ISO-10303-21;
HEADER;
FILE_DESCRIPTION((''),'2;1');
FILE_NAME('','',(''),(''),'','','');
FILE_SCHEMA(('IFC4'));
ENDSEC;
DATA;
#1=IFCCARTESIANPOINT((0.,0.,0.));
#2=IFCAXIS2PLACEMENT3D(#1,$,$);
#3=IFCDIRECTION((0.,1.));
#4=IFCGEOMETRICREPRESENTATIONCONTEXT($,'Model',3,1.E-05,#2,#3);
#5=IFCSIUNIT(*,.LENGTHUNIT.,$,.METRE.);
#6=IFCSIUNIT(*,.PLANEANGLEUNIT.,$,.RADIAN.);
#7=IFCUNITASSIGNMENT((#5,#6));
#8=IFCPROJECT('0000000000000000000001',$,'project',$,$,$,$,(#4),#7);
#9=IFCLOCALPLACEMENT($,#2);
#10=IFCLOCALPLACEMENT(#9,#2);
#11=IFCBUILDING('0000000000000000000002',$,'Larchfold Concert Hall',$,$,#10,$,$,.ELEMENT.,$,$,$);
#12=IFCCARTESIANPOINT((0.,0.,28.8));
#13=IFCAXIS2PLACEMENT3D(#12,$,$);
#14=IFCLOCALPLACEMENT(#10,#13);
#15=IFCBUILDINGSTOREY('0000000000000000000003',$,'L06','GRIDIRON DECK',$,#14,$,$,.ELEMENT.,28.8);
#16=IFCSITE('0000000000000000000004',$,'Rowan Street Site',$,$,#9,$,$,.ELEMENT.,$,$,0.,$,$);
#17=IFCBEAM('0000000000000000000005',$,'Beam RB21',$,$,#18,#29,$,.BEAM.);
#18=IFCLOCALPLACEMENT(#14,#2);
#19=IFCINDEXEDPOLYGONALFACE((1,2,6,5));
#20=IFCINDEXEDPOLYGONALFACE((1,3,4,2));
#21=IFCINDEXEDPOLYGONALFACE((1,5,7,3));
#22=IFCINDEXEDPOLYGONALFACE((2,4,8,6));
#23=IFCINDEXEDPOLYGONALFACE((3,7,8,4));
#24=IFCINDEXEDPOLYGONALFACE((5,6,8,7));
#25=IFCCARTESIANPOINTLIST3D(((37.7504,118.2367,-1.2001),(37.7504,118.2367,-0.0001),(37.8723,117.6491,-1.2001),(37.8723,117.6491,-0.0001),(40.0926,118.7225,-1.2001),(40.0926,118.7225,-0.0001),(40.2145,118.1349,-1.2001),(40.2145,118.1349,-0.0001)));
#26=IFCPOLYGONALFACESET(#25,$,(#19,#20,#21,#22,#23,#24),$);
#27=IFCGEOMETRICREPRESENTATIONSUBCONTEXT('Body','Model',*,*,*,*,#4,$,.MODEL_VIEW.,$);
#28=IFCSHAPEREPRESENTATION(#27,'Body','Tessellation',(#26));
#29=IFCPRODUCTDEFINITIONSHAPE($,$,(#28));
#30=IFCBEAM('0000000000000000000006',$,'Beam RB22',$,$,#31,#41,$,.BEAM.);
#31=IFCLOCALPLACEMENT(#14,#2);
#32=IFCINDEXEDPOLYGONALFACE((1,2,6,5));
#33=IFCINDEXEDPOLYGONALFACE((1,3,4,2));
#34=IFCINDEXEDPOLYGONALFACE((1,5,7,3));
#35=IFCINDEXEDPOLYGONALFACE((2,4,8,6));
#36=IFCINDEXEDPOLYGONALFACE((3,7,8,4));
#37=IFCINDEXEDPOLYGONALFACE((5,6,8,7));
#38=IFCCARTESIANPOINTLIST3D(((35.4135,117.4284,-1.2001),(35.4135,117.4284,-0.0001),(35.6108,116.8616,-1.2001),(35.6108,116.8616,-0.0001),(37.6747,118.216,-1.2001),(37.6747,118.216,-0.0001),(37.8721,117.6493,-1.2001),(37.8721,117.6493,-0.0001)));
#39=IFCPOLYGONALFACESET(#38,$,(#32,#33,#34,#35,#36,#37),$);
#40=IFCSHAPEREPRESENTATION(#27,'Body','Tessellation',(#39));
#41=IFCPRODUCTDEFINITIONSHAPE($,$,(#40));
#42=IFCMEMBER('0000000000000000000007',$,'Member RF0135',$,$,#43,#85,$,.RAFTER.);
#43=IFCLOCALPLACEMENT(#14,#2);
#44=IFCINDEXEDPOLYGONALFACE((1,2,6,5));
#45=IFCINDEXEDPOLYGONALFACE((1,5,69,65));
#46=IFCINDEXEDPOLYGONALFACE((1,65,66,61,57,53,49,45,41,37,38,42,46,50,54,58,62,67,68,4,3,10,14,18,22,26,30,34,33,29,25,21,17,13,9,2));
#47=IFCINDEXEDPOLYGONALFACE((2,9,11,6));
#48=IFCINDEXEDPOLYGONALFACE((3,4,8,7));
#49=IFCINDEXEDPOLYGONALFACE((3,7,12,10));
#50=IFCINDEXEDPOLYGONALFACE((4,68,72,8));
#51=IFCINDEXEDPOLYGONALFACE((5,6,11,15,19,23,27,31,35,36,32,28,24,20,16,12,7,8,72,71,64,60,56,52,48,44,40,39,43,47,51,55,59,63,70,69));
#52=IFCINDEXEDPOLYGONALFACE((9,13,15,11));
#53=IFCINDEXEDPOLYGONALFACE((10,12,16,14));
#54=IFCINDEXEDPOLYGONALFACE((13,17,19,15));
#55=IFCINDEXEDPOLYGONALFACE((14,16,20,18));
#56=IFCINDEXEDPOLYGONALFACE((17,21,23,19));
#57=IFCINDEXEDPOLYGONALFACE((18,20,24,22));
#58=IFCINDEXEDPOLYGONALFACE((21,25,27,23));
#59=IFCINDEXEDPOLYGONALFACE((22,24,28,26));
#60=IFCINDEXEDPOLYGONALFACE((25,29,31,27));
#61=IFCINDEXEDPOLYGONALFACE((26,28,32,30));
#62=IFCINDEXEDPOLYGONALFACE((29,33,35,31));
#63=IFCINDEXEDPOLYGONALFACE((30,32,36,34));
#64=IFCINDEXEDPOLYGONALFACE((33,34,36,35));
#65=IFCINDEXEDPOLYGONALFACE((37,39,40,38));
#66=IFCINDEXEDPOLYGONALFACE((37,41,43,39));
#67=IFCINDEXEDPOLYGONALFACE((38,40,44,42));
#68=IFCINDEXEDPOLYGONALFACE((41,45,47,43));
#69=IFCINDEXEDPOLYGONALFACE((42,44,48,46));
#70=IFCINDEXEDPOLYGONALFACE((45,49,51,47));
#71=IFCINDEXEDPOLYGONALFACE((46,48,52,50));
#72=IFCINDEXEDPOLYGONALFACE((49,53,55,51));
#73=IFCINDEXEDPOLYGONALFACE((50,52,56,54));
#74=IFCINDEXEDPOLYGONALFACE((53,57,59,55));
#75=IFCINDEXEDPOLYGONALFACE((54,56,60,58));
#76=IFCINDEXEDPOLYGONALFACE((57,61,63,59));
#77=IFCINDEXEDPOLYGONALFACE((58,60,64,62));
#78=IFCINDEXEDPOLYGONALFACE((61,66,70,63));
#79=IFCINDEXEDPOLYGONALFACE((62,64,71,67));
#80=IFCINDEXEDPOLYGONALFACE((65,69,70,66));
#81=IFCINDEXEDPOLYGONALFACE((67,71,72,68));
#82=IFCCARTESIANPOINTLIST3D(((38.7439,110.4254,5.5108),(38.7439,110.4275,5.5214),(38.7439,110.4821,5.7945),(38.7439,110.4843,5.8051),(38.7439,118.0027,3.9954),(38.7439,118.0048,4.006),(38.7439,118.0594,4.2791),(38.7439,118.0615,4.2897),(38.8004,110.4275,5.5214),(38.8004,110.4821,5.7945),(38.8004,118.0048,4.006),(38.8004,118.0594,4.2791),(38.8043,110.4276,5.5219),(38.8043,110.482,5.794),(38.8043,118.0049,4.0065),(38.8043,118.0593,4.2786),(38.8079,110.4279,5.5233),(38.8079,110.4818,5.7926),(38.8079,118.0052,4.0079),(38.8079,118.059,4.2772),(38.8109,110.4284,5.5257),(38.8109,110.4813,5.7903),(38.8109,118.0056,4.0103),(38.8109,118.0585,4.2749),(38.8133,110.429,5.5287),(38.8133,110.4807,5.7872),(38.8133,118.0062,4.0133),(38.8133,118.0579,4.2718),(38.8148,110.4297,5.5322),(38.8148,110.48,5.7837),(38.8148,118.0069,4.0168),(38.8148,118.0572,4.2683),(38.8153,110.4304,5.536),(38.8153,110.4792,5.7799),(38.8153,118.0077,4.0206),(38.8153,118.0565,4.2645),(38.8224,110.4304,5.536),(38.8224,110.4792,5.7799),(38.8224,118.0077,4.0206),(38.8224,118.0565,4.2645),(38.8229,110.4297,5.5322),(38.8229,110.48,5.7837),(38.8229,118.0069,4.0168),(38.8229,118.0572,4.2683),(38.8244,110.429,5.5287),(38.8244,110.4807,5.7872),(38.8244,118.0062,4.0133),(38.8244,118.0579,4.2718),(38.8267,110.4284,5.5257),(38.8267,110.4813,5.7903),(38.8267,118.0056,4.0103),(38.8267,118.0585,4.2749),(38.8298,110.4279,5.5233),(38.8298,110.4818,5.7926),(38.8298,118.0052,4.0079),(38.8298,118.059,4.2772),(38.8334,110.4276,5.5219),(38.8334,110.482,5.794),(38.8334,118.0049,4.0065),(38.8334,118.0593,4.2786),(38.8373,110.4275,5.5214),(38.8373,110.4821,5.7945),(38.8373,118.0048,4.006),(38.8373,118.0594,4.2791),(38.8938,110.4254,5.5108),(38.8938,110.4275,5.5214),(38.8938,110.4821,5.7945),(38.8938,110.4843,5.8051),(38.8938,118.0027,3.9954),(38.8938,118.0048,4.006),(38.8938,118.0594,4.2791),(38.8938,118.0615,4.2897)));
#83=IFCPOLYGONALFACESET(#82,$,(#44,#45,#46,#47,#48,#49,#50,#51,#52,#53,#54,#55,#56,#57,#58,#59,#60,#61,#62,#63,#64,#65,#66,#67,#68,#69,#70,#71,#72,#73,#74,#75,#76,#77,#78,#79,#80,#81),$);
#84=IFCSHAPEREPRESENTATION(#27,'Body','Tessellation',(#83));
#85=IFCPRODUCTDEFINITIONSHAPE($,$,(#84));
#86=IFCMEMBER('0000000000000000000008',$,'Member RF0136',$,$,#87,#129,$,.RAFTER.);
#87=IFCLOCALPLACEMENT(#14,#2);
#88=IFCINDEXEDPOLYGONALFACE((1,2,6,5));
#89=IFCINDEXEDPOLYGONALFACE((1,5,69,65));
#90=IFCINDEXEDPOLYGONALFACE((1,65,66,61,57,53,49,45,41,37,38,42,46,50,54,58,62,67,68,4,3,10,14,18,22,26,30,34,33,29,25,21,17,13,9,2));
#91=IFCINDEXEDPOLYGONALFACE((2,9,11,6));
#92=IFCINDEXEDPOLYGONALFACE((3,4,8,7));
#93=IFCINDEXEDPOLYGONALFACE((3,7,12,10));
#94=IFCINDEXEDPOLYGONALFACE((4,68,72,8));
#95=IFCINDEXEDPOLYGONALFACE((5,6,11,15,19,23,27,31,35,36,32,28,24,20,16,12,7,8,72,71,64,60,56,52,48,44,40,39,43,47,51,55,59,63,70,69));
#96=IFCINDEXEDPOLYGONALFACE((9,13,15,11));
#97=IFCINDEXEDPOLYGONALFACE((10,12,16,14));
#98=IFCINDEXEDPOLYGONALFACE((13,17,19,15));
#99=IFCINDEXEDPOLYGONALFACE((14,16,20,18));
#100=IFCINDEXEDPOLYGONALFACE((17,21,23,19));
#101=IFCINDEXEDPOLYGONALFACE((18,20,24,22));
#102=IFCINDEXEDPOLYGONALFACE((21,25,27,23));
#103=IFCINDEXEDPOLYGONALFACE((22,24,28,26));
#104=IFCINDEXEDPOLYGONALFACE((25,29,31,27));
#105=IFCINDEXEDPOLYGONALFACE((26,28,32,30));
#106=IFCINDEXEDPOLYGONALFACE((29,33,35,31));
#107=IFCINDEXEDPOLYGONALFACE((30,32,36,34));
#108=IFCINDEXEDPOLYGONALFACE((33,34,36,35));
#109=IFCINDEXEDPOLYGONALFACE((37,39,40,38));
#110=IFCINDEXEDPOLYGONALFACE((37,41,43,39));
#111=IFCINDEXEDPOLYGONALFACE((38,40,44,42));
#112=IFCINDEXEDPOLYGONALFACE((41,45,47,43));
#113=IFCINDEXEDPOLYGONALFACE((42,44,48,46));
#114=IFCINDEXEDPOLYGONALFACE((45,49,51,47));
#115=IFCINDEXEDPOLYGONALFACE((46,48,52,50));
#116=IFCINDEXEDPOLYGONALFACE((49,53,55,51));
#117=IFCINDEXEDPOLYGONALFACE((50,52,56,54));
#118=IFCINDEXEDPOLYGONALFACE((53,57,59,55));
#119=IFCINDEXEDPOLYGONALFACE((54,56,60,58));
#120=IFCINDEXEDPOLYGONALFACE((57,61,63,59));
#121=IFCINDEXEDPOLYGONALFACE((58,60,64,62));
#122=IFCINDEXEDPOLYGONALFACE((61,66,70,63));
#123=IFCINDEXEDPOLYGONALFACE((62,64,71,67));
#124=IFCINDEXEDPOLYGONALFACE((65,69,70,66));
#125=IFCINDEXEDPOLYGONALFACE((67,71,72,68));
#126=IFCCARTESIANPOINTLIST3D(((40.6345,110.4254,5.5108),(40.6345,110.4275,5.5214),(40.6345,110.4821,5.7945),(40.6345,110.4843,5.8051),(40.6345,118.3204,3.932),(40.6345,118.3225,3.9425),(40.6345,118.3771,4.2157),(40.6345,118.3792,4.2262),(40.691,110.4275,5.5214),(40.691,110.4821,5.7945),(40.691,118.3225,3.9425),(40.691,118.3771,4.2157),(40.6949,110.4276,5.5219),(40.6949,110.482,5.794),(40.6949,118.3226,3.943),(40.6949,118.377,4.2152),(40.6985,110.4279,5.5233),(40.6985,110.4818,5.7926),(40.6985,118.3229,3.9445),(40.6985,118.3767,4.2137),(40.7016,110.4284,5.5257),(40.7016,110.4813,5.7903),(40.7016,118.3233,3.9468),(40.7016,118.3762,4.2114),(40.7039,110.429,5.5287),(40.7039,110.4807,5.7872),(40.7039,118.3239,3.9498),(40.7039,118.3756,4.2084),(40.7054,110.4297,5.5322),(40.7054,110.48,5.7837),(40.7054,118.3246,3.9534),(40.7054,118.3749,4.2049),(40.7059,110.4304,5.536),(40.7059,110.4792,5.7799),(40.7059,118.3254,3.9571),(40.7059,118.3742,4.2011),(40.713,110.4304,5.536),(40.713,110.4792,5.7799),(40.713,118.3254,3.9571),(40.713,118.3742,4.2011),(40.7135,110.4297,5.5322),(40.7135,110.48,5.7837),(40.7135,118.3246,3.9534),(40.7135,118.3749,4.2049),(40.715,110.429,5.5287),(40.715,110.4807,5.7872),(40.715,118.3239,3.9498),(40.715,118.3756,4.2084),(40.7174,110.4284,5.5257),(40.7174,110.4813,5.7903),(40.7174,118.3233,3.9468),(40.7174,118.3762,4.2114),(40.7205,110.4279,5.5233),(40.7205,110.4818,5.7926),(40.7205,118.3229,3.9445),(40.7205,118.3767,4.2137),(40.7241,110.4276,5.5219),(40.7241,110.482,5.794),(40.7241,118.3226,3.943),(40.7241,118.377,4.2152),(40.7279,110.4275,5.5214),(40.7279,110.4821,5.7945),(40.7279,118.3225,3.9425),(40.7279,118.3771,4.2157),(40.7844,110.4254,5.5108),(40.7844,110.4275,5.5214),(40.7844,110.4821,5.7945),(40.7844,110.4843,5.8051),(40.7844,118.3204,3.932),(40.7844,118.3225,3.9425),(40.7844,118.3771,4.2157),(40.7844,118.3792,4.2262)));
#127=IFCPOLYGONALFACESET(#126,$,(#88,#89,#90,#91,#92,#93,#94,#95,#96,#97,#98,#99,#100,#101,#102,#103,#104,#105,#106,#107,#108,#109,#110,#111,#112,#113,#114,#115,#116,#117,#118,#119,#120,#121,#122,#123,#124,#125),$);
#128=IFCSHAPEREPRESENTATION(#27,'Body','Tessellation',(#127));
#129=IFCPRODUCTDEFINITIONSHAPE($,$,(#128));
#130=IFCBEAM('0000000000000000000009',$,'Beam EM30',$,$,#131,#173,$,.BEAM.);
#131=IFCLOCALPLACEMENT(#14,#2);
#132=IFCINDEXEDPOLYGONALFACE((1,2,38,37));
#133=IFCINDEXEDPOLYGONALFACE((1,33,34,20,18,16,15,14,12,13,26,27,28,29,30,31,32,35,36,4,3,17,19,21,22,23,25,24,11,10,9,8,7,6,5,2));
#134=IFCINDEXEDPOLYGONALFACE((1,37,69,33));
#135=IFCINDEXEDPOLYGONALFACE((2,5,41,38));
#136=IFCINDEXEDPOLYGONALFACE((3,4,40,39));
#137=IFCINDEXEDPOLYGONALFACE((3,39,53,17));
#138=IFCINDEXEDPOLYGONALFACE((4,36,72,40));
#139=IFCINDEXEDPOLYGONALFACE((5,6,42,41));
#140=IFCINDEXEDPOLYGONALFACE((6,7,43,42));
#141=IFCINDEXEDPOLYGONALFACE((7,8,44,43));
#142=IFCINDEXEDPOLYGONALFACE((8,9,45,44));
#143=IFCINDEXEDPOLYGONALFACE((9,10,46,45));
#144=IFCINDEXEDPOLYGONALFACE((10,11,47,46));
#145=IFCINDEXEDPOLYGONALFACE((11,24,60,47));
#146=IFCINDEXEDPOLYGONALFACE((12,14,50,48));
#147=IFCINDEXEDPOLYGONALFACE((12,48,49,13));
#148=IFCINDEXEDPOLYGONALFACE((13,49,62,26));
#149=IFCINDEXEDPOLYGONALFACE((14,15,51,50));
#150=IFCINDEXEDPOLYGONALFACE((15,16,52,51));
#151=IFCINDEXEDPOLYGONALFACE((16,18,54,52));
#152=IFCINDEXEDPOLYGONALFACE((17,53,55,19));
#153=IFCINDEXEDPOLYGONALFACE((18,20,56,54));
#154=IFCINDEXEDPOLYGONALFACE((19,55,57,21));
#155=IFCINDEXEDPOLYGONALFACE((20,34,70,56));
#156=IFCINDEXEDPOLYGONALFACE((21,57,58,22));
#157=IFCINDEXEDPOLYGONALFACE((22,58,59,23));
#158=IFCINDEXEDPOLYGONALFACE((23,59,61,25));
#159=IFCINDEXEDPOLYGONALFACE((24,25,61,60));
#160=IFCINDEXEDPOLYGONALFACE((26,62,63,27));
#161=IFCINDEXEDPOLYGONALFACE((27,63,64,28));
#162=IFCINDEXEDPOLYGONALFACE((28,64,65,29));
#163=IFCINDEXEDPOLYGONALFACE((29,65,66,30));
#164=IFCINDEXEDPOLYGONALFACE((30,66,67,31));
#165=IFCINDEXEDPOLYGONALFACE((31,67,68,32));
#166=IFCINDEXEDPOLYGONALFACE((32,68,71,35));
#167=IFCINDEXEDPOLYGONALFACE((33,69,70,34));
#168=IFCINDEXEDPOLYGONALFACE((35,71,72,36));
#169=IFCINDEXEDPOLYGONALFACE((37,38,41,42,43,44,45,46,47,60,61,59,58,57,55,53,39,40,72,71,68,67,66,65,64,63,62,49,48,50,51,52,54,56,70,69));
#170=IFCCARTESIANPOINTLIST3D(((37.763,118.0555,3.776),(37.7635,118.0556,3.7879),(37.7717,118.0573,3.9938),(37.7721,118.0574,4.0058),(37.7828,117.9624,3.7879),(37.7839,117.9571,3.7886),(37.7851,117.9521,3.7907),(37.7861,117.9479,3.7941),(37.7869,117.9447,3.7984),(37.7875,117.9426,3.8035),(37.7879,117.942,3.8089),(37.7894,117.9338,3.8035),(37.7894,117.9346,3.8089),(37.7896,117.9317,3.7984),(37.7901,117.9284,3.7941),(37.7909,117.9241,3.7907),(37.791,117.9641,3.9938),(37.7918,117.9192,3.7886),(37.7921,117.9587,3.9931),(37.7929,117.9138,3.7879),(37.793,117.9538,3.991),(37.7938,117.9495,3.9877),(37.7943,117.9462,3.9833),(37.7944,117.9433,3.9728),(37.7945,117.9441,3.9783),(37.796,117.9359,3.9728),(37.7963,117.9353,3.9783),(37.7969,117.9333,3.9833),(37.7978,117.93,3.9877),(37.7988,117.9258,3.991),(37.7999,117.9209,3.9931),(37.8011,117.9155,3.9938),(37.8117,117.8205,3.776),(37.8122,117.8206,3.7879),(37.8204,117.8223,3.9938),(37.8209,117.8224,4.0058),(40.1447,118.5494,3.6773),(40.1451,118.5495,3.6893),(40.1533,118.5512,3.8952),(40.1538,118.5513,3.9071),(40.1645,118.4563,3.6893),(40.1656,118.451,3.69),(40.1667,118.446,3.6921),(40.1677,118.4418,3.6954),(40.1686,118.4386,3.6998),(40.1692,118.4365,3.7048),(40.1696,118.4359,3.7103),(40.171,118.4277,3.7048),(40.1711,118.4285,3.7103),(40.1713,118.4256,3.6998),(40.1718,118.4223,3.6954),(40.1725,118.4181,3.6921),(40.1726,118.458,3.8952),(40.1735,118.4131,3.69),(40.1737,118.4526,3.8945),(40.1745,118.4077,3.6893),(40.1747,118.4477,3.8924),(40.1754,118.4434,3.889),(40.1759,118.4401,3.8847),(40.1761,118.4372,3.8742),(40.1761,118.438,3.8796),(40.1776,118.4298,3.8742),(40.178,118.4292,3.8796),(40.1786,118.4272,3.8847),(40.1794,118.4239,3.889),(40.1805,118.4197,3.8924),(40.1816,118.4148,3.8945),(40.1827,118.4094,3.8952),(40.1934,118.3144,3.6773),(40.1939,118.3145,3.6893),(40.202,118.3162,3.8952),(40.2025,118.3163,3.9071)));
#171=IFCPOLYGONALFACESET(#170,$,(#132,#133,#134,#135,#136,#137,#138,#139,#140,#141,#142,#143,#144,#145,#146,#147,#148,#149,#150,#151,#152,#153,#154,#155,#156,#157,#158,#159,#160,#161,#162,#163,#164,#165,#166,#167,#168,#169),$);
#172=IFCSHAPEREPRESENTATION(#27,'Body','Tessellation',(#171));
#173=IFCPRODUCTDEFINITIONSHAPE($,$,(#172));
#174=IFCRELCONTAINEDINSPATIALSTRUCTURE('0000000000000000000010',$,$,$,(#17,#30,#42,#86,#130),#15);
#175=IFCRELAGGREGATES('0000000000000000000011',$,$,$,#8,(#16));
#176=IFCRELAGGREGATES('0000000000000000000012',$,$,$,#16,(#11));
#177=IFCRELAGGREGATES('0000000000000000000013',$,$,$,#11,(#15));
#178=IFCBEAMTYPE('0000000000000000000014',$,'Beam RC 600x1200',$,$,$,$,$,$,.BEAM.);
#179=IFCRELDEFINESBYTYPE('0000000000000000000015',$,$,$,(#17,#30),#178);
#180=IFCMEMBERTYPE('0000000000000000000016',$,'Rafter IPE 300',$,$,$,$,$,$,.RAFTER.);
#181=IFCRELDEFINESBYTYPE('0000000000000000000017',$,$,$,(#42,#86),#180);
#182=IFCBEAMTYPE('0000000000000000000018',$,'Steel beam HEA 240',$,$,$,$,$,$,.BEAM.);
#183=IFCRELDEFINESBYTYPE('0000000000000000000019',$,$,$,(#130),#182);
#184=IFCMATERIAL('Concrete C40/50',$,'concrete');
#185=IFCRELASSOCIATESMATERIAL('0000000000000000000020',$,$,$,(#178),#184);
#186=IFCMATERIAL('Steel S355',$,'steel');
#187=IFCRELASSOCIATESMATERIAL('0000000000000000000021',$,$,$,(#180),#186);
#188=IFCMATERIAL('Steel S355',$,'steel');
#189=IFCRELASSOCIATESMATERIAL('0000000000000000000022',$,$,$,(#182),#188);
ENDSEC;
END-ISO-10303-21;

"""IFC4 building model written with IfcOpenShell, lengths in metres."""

from ifc_helpers import new_model, si_unit, direction, frame, origin, origin_2d, place, context, subcontext, project, spatial, rectangle, i_section, extrude, material, material_profile, profile_set, type_object, element, save


model = new_model("IFC4")

# Units and contexts
model_context = context("Model", 3, precision=1e-05, world=origin(), true_north=direction((0.0, 1.0)))
body_context = subcontext(model_context, "Body", "Model", "MODEL_VIEW")
ifc_project = project(units=[si_unit("LENGTHUNIT", "METRE"), si_unit("PLANEANGLEUNIT", "RADIAN")], contexts=[model_context])

# Site, building, storey
site_placement = place(None, origin())
site = spatial("IfcSite", under=ifc_project, at=site_placement, Name="Rowan Street Site", CompositionType="ELEMENT", RefElevation=0.0)
building_placement = place(site_placement, origin())
building = spatial("IfcBuilding", under=site, at=building_placement, Name="Larchfold Concert Hall", CompositionType="ELEMENT")
storey_placement = place(building_placement, frame((0.0, 0.0, 28.8)))
storey = spatial("IfcBuildingStorey", under=building, at=storey_placement, Name="L06", Description="GRIDIRON DECK", CompositionType="ELEMENT", Elevation=28.8)

# Beams
ifc_material_1 = material(Name="Concrete C40/50", Category="concrete")
ifc_material_profile_1 = material_profile(ifc_material_1, rectangle(XDim=0.6001, YDim=1.2, at=origin_2d()))
ifc_profile_set_1 = profile_set([ifc_material_profile_1], Name="Concrete C40/50")
beam_type_1 = type_object("IfcBeamType", Name="Beam RC 600x1200", PredefinedType="BEAM", material=ifc_profile_set_1)
beam_1_placement = place(storey_placement, frame((40.1536, 118.4287, -0.6001), z_axis=(-0.979158, -0.203098, 0.0), x_axis=(0.203098, -0.979158, 0.0)))
element("IfcBeam", 1, at=beam_1_placement, inside=storey, type_object=beam_type_1, Name="Beam RB21", PredefinedType="BEAM", context=body_context, shape_type="SweptSolid", body=[
    extrude(rectangle(XDim=0.6001, YDim=1.2, at=origin_2d()), origin(), (0.0, 0.0, 1.0), 2.3921),
])
beam_2_placement = place(storey_placement, frame((37.7734, 117.9326, -0.6001), z_axis=(-0.944356, -0.328924, 0.0), x_axis=(0.328924, -0.944356, 0.0)))
element("IfcBeam", 2, at=beam_2_placement, inside=storey, type_object=beam_type_1, Name="Beam RB22", PredefinedType="BEAM", context=body_context, shape_type="SweptSolid", body=[
    extrude(rectangle(XDim=0.6001, YDim=1.2, at=origin_2d()), origin(), (0.0, 0.0, 1.0), 2.3945),
])

# Members
ifc_material_2 = material(Name="Steel S355", Category="steel")
ifc_material_profile_2 = material_profile(ifc_material_2, i_section(OverallWidth=0.1499, OverallDepth=0.3, WebThickness=0.0071, FlangeThickness=0.0107, FilletRadius=0.0149, at=origin_2d()))
ifc_profile_set_2 = profile_set([ifc_material_profile_2], Name="Steel S355")
member_type_1 = type_object("IfcMemberType", Name="Rafter IPE 300", PredefinedType="RAFTER", material=ifc_profile_set_2)
member_1_placement = place(storey_placement, frame((38.8188, 110.4548, 5.658), z_axis=(0.0, 0.980582, -0.19611), x_axis=(-1.0, 0.0, 0.0)))
element("IfcMember", 3, at=member_1_placement, inside=storey, type_object=member_type_1, Name="Member RF0135", PredefinedType="RAFTER", context=body_context, shape_type="SweptSolid", body=[
    extrude(i_section(OverallWidth=0.1499, OverallDepth=0.3, WebThickness=0.0071, FlangeThickness=0.0107, FilletRadius=0.0149, at=origin_2d()), origin(), (0.0, 0.0, 1.0), 7.7273),
])
member_2_placement = place(storey_placement, frame((40.7095, 110.4548, 5.658), z_axis=(0.0, 0.980584, -0.196099), x_axis=(-1.0, 0.0, 0.0)))
element("IfcMember", 4, at=member_2_placement, inside=storey, type_object=member_type_1, Name="Member RF0136", PredefinedType="RAFTER", context=body_context, shape_type="SweptSolid", body=[
    extrude(i_section(OverallWidth=0.1499, OverallDepth=0.3, WebThickness=0.0071, FlangeThickness=0.0107, FilletRadius=0.0149, at=origin_2d()), origin(), (0.0, 0.0, 1.0), 8.0513),
])

# Beam
ifc_material_3 = material(Name="Steel S355", Category="steel")
ifc_material_profile_3 = material_profile(ifc_material_3, i_section(OverallWidth=0.24, OverallDepth=0.23, WebThickness=0.0076, FlangeThickness=0.012, FilletRadius=0.021, at=origin_2d()))
ifc_profile_set_3 = profile_set([ifc_material_profile_3], Name="Steel S355")
beam_type_2 = type_object("IfcBeamType", Name="Steel beam HEA 240", PredefinedType="BEAM", material=ifc_profile_set_3)
beam_3_placement = place(storey_placement, frame((40.1736, 118.4329, 3.7922), z_axis=(-0.978362, -0.202894, 0.040519), x_axis=(0.20306, -0.979166, 0.0)))
element("IfcBeam", 5, at=beam_3_placement, inside=storey, type_object=beam_type_2, Name="Beam EM30", PredefinedType="BEAM", context=body_context, shape_type="SweptSolid", body=[
    extrude(i_section(OverallWidth=0.24, OverallDepth=0.23, WebThickness=0.0076, FlangeThickness=0.012, FilletRadius=0.021, at=origin_2d()), origin(), (0.0, 0.0, 1.0), 2.4343),
])

save(model, "model.ifc")
